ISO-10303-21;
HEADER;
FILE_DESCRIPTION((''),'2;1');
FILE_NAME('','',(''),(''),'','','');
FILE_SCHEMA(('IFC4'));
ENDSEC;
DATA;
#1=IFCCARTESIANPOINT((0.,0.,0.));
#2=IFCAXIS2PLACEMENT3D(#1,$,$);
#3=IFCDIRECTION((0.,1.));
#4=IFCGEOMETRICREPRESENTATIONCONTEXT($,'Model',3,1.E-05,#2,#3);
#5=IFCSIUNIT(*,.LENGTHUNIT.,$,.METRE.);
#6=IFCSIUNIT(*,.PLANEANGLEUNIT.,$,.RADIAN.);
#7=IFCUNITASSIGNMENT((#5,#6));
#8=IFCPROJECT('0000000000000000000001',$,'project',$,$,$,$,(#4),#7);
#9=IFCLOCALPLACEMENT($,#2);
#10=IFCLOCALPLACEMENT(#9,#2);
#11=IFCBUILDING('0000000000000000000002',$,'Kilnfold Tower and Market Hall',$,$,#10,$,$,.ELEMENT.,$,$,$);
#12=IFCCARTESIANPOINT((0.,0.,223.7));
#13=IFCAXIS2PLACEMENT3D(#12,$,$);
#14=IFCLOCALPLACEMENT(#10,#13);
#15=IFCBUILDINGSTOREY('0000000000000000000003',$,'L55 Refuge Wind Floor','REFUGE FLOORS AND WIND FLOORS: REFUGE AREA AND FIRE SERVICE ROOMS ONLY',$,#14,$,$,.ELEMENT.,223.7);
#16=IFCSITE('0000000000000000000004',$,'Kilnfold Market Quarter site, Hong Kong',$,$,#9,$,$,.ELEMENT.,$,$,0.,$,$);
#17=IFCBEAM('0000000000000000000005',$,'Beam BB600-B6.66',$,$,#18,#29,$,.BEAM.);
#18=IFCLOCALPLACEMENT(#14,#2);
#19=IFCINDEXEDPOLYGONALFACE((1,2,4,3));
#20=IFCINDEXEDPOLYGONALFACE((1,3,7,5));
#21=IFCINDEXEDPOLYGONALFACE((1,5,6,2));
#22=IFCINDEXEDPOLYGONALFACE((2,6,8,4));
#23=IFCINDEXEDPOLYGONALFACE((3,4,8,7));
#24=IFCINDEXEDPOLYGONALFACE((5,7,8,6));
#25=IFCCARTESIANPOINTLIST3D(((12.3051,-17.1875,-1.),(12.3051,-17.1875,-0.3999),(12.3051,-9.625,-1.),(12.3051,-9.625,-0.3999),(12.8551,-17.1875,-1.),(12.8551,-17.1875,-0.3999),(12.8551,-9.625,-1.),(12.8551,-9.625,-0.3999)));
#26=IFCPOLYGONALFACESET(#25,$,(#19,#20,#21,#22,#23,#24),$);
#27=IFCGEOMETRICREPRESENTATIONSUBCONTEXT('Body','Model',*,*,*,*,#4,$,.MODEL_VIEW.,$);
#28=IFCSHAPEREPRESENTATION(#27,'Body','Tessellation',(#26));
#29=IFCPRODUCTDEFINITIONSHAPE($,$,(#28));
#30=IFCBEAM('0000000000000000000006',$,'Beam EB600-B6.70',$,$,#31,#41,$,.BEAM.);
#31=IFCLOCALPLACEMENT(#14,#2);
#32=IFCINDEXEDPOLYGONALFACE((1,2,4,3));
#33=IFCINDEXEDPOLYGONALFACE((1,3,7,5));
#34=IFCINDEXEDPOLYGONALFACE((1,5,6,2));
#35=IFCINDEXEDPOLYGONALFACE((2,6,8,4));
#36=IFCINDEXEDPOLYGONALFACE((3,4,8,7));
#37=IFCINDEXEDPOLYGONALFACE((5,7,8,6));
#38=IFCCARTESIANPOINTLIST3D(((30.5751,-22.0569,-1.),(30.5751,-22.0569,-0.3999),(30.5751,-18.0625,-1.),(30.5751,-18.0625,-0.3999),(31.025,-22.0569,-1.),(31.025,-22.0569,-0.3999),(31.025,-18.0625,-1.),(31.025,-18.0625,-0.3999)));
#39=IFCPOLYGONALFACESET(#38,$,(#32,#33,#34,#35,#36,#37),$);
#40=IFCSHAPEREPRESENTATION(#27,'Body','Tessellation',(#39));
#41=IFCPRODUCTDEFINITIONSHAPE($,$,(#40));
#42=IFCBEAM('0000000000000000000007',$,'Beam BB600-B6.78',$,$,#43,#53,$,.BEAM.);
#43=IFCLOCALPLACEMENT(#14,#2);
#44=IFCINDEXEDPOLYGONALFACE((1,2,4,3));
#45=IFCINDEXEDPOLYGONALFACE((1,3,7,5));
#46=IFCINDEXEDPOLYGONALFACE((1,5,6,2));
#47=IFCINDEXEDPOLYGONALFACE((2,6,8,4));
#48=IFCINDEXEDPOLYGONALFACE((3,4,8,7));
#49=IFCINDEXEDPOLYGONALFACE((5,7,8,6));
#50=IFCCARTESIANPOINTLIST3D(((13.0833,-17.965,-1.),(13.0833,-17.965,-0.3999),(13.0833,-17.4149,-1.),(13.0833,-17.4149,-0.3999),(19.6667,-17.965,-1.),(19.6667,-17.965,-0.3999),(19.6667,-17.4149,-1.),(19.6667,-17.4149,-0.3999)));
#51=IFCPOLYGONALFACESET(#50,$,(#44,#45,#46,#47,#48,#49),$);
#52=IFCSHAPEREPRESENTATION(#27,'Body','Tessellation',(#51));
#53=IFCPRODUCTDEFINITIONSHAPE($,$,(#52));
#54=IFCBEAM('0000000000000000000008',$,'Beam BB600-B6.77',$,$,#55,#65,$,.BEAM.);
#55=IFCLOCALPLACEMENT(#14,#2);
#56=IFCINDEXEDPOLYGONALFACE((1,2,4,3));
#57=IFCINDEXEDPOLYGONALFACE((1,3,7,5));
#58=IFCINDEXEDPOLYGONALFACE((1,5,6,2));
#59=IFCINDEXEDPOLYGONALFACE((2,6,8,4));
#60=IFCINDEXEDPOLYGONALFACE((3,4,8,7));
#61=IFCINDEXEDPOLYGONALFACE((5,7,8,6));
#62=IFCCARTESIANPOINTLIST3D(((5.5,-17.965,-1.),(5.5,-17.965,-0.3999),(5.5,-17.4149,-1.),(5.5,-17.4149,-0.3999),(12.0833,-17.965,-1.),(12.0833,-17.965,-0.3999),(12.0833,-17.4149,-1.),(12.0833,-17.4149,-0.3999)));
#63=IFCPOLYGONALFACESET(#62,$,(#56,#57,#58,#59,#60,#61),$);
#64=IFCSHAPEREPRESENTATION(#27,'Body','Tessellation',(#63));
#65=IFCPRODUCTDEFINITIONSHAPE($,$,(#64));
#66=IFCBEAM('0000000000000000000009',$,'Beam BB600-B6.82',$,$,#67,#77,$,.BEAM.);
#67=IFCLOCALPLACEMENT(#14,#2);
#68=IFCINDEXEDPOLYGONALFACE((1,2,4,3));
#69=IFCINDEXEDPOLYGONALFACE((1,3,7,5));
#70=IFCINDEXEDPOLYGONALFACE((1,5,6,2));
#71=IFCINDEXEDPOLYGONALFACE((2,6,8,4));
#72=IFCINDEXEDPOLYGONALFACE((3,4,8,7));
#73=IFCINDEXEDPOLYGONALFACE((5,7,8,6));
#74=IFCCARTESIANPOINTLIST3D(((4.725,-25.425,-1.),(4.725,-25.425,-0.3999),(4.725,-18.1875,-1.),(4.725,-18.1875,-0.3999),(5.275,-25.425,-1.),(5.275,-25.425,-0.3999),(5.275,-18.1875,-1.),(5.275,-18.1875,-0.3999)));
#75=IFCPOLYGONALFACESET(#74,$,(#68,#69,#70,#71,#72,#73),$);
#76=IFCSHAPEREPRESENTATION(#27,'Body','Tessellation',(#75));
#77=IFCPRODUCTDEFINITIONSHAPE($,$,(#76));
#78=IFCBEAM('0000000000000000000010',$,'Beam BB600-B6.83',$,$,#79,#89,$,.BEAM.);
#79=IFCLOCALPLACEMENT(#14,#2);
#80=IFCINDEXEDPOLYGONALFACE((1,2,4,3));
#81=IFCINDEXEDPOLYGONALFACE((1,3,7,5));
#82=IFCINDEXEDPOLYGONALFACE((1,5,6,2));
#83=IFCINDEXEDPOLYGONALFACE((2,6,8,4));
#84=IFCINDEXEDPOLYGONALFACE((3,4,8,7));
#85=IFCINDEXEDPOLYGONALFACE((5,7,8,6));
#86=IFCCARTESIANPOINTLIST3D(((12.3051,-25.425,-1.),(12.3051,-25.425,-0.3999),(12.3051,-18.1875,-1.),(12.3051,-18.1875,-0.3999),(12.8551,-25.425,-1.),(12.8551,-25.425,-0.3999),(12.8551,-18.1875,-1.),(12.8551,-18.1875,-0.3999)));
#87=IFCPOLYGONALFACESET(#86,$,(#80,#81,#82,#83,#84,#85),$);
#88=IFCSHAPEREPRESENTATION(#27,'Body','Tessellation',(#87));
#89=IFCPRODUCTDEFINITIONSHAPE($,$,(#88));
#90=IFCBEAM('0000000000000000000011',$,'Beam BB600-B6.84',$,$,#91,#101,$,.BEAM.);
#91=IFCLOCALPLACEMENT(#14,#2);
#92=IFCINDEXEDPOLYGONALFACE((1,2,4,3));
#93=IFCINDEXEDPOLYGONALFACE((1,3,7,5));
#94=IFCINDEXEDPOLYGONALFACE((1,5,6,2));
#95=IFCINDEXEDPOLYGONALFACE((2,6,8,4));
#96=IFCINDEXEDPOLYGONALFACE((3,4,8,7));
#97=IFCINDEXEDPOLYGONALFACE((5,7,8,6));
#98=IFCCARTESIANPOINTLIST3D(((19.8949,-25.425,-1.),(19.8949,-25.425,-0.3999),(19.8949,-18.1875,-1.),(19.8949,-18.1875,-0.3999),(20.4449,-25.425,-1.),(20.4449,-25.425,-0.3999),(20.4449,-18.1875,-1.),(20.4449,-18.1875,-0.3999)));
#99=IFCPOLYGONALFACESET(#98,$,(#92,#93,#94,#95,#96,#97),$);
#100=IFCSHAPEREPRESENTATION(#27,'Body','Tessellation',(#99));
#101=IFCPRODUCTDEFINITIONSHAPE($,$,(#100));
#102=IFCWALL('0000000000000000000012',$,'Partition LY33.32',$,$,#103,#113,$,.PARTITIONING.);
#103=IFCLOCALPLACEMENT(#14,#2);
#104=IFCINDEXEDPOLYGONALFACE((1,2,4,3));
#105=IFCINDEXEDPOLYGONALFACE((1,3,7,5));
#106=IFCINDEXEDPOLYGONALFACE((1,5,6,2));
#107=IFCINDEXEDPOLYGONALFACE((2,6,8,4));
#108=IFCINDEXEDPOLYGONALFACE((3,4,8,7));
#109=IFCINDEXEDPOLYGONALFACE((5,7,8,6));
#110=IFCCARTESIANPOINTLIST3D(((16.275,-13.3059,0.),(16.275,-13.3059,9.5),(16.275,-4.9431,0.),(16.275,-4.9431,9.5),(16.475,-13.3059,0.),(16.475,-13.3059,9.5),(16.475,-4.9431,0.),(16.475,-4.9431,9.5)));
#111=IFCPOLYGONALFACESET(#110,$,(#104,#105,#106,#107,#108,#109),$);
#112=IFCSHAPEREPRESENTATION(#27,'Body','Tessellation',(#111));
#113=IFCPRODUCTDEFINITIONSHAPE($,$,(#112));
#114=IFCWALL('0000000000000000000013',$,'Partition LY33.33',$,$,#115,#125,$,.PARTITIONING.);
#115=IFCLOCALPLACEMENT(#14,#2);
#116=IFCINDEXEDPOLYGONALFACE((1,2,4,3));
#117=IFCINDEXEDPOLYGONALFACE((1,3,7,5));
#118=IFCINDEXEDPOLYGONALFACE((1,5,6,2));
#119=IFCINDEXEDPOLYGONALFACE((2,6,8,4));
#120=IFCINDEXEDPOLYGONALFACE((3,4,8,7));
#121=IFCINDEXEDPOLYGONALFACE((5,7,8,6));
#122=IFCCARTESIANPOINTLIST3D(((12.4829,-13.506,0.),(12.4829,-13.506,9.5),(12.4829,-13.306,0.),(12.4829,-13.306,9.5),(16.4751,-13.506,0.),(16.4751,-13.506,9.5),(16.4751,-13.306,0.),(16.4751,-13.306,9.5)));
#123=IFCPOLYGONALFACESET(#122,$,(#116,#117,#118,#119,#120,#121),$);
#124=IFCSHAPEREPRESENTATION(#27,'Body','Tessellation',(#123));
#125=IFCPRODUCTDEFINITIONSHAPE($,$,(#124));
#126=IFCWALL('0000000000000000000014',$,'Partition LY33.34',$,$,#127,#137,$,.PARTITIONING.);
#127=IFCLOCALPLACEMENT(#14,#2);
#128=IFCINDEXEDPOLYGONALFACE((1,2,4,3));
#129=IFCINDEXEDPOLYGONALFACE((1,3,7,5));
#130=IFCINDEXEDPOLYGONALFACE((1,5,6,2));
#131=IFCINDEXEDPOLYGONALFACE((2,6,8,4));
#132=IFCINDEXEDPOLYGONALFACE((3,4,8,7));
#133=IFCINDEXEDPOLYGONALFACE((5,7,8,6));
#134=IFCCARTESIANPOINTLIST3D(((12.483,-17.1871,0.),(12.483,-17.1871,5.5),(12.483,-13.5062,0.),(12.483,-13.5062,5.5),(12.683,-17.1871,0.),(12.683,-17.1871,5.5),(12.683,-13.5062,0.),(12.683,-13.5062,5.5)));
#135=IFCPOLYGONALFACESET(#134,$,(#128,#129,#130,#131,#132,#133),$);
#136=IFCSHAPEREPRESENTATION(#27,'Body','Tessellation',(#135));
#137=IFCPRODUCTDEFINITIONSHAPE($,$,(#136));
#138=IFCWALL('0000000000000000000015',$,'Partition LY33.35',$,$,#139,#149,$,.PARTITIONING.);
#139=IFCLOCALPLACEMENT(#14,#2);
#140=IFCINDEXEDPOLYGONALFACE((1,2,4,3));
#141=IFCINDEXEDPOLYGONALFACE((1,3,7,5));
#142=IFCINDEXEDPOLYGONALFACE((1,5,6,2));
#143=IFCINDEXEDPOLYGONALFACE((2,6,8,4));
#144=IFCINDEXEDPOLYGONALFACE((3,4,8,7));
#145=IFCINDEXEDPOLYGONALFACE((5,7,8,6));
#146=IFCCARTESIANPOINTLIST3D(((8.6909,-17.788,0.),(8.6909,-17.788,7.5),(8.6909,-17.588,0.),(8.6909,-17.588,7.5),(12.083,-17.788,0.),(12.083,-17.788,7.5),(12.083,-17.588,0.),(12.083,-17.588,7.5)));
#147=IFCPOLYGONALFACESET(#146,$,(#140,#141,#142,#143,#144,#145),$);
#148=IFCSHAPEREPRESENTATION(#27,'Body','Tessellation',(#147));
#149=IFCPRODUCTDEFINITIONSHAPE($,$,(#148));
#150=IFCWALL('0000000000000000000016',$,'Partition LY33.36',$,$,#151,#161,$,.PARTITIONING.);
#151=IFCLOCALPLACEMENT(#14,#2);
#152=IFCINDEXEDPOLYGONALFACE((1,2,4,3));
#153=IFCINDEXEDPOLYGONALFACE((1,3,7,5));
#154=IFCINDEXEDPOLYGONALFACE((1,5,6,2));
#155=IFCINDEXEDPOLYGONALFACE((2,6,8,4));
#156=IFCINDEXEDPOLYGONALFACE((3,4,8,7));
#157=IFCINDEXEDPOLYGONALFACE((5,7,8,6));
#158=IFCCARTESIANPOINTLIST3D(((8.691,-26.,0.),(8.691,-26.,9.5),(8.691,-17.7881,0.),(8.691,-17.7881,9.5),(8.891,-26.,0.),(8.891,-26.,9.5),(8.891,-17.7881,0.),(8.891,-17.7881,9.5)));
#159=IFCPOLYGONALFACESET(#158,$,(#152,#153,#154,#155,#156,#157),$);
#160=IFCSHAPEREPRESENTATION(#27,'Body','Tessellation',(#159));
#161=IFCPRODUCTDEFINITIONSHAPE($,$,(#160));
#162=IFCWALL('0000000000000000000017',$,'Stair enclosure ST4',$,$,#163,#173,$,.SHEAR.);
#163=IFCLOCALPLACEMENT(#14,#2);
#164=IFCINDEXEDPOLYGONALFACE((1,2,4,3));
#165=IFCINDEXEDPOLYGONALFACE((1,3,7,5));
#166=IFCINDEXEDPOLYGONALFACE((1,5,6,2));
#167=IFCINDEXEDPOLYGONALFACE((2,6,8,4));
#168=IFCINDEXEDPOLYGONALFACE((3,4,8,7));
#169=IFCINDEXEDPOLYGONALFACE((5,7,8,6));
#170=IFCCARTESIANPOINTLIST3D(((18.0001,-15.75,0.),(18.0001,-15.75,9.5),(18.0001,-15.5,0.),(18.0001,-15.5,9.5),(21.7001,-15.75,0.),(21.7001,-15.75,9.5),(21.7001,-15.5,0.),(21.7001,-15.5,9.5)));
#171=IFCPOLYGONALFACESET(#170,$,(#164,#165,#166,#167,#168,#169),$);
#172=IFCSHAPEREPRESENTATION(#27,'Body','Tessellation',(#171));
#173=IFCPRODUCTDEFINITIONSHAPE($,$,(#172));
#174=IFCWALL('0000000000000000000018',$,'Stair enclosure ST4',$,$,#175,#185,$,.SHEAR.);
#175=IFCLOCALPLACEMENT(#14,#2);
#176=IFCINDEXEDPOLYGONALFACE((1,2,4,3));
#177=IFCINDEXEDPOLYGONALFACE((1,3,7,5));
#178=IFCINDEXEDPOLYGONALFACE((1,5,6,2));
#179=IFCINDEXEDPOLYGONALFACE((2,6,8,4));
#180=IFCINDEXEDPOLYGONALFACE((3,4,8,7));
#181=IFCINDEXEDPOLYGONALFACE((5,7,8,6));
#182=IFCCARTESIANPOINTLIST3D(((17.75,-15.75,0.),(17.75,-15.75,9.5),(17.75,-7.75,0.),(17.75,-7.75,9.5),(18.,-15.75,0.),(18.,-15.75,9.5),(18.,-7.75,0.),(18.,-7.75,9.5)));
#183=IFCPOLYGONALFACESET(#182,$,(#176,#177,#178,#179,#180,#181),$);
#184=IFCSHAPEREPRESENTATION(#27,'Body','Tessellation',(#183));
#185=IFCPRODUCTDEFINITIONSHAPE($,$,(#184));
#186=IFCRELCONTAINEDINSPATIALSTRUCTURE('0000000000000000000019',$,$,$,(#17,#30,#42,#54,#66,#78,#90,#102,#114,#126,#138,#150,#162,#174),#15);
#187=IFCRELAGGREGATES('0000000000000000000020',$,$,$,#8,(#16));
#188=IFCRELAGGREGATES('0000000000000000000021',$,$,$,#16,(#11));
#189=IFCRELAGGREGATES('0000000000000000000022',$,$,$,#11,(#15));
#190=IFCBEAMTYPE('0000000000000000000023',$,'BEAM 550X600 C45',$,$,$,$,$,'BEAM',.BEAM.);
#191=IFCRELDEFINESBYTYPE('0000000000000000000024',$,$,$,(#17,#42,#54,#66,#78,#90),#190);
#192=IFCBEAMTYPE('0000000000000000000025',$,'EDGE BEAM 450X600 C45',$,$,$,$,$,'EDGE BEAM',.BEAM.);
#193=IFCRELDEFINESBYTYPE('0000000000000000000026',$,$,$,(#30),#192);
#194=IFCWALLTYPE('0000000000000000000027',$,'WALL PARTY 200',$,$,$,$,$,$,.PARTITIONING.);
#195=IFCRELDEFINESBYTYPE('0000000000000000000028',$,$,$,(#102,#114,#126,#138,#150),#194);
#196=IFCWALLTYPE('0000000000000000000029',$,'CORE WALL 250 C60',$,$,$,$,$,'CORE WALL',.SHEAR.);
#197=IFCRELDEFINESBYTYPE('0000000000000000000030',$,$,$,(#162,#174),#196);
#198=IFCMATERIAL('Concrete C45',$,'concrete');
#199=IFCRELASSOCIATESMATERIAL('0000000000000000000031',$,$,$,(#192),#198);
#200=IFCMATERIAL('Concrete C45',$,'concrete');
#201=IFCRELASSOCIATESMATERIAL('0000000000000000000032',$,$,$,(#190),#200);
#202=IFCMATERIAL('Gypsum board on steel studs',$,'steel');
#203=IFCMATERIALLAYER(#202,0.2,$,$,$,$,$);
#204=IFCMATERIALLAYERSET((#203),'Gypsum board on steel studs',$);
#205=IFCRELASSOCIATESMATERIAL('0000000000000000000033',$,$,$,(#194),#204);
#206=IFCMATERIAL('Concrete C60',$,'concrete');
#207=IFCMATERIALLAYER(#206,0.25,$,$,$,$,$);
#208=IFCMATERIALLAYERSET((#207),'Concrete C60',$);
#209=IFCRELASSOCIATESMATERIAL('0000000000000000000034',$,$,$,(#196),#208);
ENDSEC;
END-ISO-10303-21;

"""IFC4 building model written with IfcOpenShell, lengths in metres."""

from ifc_helpers import new_model, si_unit, direction, frame, frame_2d, origin, origin_2d, place, context, subcontext, project, spatial, rectangle, extrude, source, transform, mapped, material, layer, layer_set, material_profile, profile_set, type_object, element, save


model = new_model("IFC4")

# Units and contexts
model_context = context("Model", 3, precision=1e-05, world=origin(), true_north=direction((0.0, 1.0)))
body_context = subcontext(model_context, "Body", "Model", "MODEL_VIEW")
ifc_project = project(units=[si_unit("LENGTHUNIT", "METRE"), si_unit("PLANEANGLEUNIT", "RADIAN")], contexts=[model_context])

# Site, building, storey
site_placement = place(None, origin())
site = spatial("IfcSite", under=ifc_project, at=site_placement, Name="Kilnfold Market Quarter site, Hong Kong", CompositionType="ELEMENT", RefElevation=0.0)
building_placement = place(site_placement, origin())
building = spatial("IfcBuilding", under=site, at=building_placement, Name="Kilnfold Tower and Market Hall", CompositionType="ELEMENT")
storey_placement = place(building_placement, frame((0.0, 0.0, 223.7)))
storey = spatial("IfcBuildingStorey", under=building, at=storey_placement, Name="L55 Refuge Wind Floor", Description="REFUGE FLOORS AND WIND FLOORS: REFUGE AREA AND FIRE SERVICE ROOMS ONLY", CompositionType="ELEMENT", Elevation=223.7)

# Beams
ifc_material_1 = material(Name="Concrete C45", Category="concrete")
ifc_material_profile_1 = material_profile(ifc_material_1, rectangle(XDim=0.45, YDim=0.6001, at=origin_2d()), Name="RC 450x600")
ifc_profile_set_1 = profile_set([ifc_material_profile_1], Name="Concrete C45")
beam_type_1 = type_object("IfcBeamType", Name="EDGE BEAM 450X600 C45", ElementType="EDGE BEAM", PredefinedType="BEAM", material=ifc_profile_set_1)
ifc_material_2 = material(Name="Concrete C45", Category="concrete")
ifc_material_profile_2 = material_profile(ifc_material_2, rectangle(XDim=0.55, YDim=0.6001, at=origin_2d()), Name="RC 550x600")
ifc_profile_set_2 = profile_set([ifc_material_profile_2], Name="Concrete C45")
beam_type_2 = type_object("IfcBeamType", Name="BEAM 550X600 C45", ElementType="BEAM", PredefinedType="BEAM", material=ifc_profile_set_2)
shared_shape_1 = source(origin(), body_context, "Body", "SweptSolid", [
    extrude(rectangle(XDim=0.55, YDim=0.6001, at=origin_2d()), origin(), (0.0, 0.0, 1.0), 7.5625),
])
beam_1_placement = place(storey_placement, frame((12.5801, -17.1875, -0.7), z_axis=(0.0, 1.0, 0.0), x_axis=(-1.0, 0.0, 0.0)))
element("IfcBeam", 1, at=beam_1_placement, inside=storey, type_object=beam_type_2, Name="Beam BB600-B6.66", PredefinedType="BEAM", context=body_context, shape_type="MappedRepresentation", body=[
    mapped(shared_shape_1, transform((0.0, 0.0, 0.0))),
])
shared_shape_2 = source(origin(), body_context, "Body", "SweptSolid", [
    extrude(rectangle(XDim=0.45, YDim=0.6001, at=origin_2d()), origin(), (0.0, 0.0, 1.0), 3.9944),
])
beam_2_placement = place(storey_placement, frame((30.8, -22.0569, -0.7), z_axis=(0.0, 1.0, 0.0), x_axis=(-1.0, 0.0, 0.0)))
element("IfcBeam", 2, at=beam_2_placement, inside=storey, type_object=beam_type_1, Name="Beam EB600-B6.70", PredefinedType="BEAM", context=body_context, shape_type="MappedRepresentation", body=[
    mapped(shared_shape_2, transform((0.0, 0.0, 0.0))),
])
shared_shape_3 = source(origin(), body_context, "Body", "SweptSolid", [
    extrude(rectangle(XDim=0.55, YDim=0.6001, at=origin_2d()), origin(), (0.0, 0.0, 1.0), 6.5835),
])
beam_3_placement = place(storey_placement, frame((13.0833, -17.6899, -0.7), z_axis=(1.0, 0.0, 0.0), x_axis=(0.0, 1.0, 0.0)))
element("IfcBeam", 3, at=beam_3_placement, inside=storey, type_object=beam_type_2, Name="Beam BB600-B6.78", PredefinedType="BEAM", context=body_context, shape_type="MappedRepresentation", body=[
    mapped(shared_shape_3, transform((0.0, 0.0, 0.0))),
])
shared_shape_4 = source(origin(), body_context, "Body", "SweptSolid", [
    extrude(rectangle(XDim=0.55, YDim=0.6001, at=origin_2d()), origin(), (0.0, 0.0, 1.0), 6.5833),
])
beam_4_placement = place(storey_placement, frame((5.5, -17.6899, -0.7), z_axis=(1.0, 0.0, 0.0), x_axis=(0.0, 1.0, 0.0)))
element("IfcBeam", 4, at=beam_4_placement, inside=storey, type_object=beam_type_2, Name="Beam BB600-B6.77", PredefinedType="BEAM", context=body_context, shape_type="MappedRepresentation", body=[
    mapped(shared_shape_4, transform((0.0, 0.0, 0.0))),
])
shared_shape_5 = source(origin(), body_context, "Body", "SweptSolid", [
    extrude(rectangle(XDim=0.55, YDim=0.6001, at=origin_2d()), origin(), (0.0, 0.0, 1.0), 7.2375),
])
for number, where, z_axis, x_axis, name in (
    (5, (5.0, -25.425, -0.7), (0.0, 1.0, 0.0), (-1.0, 0.0, 0.0), "Beam BB600-B6.82"),
    (6, (12.5801, -25.425, -0.7), (0.0, 1.0, 0.0), (-1.0, 0.0, 0.0), "Beam BB600-B6.83"),
    (7, (20.1699, -25.425, -0.7), (0.0, 1.0, 0.0), (-1.0, 0.0, 0.0), "Beam BB600-B6.84"),
):
    element("IfcBeam", number, at=place(storey_placement, frame(where, z_axis=z_axis, x_axis=x_axis)), inside=storey, type_object=beam_type_2, Name=name, PredefinedType="BEAM", context=body_context, shape_type="MappedRepresentation", body=[
        mapped(shared_shape_5, transform((0.0, 0.0, 0.0))),
    ])

# Walls
ifc_material_3 = material(Name="Gypsum board on steel studs", Category="steel")
ifc_layer_1 = layer(ifc_material_3, 0.2)
ifc_layer_set_1 = layer_set([ifc_layer_1], Name="Gypsum board on steel studs")
wall_type_1 = type_object("IfcWallType", Name="WALL PARTY 200", PredefinedType="PARTITIONING", material=ifc_layer_set_1)
wall_1_placement = place(storey_placement, frame((16.375, -13.3059, 0.0), z_axis=(0.0, 0.0, 1.0), x_axis=(0.0, 1.0, 0.0)))
element("IfcWall", 8, at=wall_1_placement, inside=storey, type_object=wall_type_1, Name="Partition LY33.32", PredefinedType="PARTITIONING", context=body_context, shape_type="SweptSolid", body=[
    extrude(rectangle(XDim=8.3628, YDim=0.2, at=frame_2d((4.1814, 0.0))), origin(), (0.0, 0.0, 1.0), 9.5),
])
wall_2_placement = place(storey_placement, frame((12.4829, -13.406, 0.0), z_axis=(0.0, 0.0, 1.0), x_axis=(1.0, 0.0, 0.0)))
element("IfcWall", 9, at=wall_2_placement, inside=storey, type_object=wall_type_1, Name="Partition LY33.33", PredefinedType="PARTITIONING", context=body_context, shape_type="SweptSolid", body=[
    extrude(rectangle(XDim=3.9922, YDim=0.2, at=frame_2d((1.9961, 0.0))), origin(), (0.0, 0.0, 1.0), 9.5),
])
wall_3_placement = place(storey_placement, frame((12.583, -17.187, 0.0), z_axis=(0.0, 0.0, 1.0), x_axis=(0.0, 1.0, 0.0)))
element("IfcWall", 10, at=wall_3_placement, inside=storey, type_object=wall_type_1, Name="Partition LY33.34", PredefinedType="PARTITIONING", context=body_context, shape_type="SweptSolid", body=[
    extrude(rectangle(XDim=3.6809, YDim=0.2, at=frame_2d((1.8403, 0.0))), origin(), (0.0, 0.0, 1.0), 5.5),
])
wall_4_placement = place(storey_placement, frame((8.6909, -17.688, 0.0), z_axis=(0.0, 0.0, 1.0), x_axis=(1.0, 0.0, 0.0)))
element("IfcWall", 11, at=wall_4_placement, inside=storey, type_object=wall_type_1, Name="Partition LY33.35", PredefinedType="PARTITIONING", context=body_context, shape_type="SweptSolid", body=[
    extrude(rectangle(XDim=3.3921, YDim=0.2, at=frame_2d((1.696, 0.0))), origin(), (0.0, 0.0, 1.0), 7.5),
])
wall_5_placement = place(storey_placement, frame((8.791, -26.0, 0.0), z_axis=(0.0, 0.0, 1.0), x_axis=(0.0, 1.0, 0.0)))
element("IfcWall", 12, at=wall_5_placement, inside=storey, type_object=wall_type_1, Name="Partition LY33.36", PredefinedType="PARTITIONING", context=body_context, shape_type="SweptSolid", body=[
    extrude(rectangle(XDim=8.2119, YDim=0.2, at=frame_2d((4.106, 0.0))), origin(), (0.0, 0.0, 1.0), 9.5),
])
ifc_material_4 = material(Name="Concrete C60", Category="concrete")
ifc_layer_2 = layer(ifc_material_4, 0.25)
ifc_layer_set_2 = layer_set([ifc_layer_2], Name="Concrete C60")
wall_type_2 = type_object("IfcWallType", Name="CORE WALL 250 C60", ElementType="CORE WALL", PredefinedType="SHEAR", material=ifc_layer_set_2)
shared_shape_6 = source(origin(), body_context, "Body", "SweptSolid", [
    extrude(rectangle(XDim=3.7, YDim=0.25, at=frame_2d((1.8501, 0.0))), origin(), (0.0, 0.0, 1.0), 9.5),
])
wall_6_placement = place(storey_placement, frame((18.0, -15.625, 0.0), z_axis=(0.0, 0.0, 1.0), x_axis=(1.0, 0.0, 0.0)))
element("IfcWall", 13, at=wall_6_placement, inside=storey, type_object=wall_type_2, Name="Stair enclosure ST4", PredefinedType="SHEAR", context=body_context, shape_type="MappedRepresentation", body=[
    mapped(shared_shape_6, transform((0.0, 0.0, 0.0))),
])
shared_shape_7 = source(origin(), body_context, "Body", "SweptSolid", [
    extrude(rectangle(XDim=8.0, YDim=0.25, at=frame_2d((4.0, 0.0))), origin(), (0.0, 0.0, 1.0), 9.5),
])
for number, where, z_axis, x_axis, name in (
    (14, (17.875, -15.75, 0.0), (0.0, 0.0, 1.0), (0.0, 1.0, 0.0), "Stair enclosure ST4"),
):
    element("IfcWall", number, at=place(storey_placement, frame(where, z_axis=z_axis, x_axis=x_axis)), inside=storey, type_object=wall_type_2, Name=name, PredefinedType="SHEAR", context=body_context, shape_type="MappedRepresentation", body=[
        mapped(shared_shape_7, transform((0.0, 0.0, 0.0))),
    ])

save(model, "model.ifc")
